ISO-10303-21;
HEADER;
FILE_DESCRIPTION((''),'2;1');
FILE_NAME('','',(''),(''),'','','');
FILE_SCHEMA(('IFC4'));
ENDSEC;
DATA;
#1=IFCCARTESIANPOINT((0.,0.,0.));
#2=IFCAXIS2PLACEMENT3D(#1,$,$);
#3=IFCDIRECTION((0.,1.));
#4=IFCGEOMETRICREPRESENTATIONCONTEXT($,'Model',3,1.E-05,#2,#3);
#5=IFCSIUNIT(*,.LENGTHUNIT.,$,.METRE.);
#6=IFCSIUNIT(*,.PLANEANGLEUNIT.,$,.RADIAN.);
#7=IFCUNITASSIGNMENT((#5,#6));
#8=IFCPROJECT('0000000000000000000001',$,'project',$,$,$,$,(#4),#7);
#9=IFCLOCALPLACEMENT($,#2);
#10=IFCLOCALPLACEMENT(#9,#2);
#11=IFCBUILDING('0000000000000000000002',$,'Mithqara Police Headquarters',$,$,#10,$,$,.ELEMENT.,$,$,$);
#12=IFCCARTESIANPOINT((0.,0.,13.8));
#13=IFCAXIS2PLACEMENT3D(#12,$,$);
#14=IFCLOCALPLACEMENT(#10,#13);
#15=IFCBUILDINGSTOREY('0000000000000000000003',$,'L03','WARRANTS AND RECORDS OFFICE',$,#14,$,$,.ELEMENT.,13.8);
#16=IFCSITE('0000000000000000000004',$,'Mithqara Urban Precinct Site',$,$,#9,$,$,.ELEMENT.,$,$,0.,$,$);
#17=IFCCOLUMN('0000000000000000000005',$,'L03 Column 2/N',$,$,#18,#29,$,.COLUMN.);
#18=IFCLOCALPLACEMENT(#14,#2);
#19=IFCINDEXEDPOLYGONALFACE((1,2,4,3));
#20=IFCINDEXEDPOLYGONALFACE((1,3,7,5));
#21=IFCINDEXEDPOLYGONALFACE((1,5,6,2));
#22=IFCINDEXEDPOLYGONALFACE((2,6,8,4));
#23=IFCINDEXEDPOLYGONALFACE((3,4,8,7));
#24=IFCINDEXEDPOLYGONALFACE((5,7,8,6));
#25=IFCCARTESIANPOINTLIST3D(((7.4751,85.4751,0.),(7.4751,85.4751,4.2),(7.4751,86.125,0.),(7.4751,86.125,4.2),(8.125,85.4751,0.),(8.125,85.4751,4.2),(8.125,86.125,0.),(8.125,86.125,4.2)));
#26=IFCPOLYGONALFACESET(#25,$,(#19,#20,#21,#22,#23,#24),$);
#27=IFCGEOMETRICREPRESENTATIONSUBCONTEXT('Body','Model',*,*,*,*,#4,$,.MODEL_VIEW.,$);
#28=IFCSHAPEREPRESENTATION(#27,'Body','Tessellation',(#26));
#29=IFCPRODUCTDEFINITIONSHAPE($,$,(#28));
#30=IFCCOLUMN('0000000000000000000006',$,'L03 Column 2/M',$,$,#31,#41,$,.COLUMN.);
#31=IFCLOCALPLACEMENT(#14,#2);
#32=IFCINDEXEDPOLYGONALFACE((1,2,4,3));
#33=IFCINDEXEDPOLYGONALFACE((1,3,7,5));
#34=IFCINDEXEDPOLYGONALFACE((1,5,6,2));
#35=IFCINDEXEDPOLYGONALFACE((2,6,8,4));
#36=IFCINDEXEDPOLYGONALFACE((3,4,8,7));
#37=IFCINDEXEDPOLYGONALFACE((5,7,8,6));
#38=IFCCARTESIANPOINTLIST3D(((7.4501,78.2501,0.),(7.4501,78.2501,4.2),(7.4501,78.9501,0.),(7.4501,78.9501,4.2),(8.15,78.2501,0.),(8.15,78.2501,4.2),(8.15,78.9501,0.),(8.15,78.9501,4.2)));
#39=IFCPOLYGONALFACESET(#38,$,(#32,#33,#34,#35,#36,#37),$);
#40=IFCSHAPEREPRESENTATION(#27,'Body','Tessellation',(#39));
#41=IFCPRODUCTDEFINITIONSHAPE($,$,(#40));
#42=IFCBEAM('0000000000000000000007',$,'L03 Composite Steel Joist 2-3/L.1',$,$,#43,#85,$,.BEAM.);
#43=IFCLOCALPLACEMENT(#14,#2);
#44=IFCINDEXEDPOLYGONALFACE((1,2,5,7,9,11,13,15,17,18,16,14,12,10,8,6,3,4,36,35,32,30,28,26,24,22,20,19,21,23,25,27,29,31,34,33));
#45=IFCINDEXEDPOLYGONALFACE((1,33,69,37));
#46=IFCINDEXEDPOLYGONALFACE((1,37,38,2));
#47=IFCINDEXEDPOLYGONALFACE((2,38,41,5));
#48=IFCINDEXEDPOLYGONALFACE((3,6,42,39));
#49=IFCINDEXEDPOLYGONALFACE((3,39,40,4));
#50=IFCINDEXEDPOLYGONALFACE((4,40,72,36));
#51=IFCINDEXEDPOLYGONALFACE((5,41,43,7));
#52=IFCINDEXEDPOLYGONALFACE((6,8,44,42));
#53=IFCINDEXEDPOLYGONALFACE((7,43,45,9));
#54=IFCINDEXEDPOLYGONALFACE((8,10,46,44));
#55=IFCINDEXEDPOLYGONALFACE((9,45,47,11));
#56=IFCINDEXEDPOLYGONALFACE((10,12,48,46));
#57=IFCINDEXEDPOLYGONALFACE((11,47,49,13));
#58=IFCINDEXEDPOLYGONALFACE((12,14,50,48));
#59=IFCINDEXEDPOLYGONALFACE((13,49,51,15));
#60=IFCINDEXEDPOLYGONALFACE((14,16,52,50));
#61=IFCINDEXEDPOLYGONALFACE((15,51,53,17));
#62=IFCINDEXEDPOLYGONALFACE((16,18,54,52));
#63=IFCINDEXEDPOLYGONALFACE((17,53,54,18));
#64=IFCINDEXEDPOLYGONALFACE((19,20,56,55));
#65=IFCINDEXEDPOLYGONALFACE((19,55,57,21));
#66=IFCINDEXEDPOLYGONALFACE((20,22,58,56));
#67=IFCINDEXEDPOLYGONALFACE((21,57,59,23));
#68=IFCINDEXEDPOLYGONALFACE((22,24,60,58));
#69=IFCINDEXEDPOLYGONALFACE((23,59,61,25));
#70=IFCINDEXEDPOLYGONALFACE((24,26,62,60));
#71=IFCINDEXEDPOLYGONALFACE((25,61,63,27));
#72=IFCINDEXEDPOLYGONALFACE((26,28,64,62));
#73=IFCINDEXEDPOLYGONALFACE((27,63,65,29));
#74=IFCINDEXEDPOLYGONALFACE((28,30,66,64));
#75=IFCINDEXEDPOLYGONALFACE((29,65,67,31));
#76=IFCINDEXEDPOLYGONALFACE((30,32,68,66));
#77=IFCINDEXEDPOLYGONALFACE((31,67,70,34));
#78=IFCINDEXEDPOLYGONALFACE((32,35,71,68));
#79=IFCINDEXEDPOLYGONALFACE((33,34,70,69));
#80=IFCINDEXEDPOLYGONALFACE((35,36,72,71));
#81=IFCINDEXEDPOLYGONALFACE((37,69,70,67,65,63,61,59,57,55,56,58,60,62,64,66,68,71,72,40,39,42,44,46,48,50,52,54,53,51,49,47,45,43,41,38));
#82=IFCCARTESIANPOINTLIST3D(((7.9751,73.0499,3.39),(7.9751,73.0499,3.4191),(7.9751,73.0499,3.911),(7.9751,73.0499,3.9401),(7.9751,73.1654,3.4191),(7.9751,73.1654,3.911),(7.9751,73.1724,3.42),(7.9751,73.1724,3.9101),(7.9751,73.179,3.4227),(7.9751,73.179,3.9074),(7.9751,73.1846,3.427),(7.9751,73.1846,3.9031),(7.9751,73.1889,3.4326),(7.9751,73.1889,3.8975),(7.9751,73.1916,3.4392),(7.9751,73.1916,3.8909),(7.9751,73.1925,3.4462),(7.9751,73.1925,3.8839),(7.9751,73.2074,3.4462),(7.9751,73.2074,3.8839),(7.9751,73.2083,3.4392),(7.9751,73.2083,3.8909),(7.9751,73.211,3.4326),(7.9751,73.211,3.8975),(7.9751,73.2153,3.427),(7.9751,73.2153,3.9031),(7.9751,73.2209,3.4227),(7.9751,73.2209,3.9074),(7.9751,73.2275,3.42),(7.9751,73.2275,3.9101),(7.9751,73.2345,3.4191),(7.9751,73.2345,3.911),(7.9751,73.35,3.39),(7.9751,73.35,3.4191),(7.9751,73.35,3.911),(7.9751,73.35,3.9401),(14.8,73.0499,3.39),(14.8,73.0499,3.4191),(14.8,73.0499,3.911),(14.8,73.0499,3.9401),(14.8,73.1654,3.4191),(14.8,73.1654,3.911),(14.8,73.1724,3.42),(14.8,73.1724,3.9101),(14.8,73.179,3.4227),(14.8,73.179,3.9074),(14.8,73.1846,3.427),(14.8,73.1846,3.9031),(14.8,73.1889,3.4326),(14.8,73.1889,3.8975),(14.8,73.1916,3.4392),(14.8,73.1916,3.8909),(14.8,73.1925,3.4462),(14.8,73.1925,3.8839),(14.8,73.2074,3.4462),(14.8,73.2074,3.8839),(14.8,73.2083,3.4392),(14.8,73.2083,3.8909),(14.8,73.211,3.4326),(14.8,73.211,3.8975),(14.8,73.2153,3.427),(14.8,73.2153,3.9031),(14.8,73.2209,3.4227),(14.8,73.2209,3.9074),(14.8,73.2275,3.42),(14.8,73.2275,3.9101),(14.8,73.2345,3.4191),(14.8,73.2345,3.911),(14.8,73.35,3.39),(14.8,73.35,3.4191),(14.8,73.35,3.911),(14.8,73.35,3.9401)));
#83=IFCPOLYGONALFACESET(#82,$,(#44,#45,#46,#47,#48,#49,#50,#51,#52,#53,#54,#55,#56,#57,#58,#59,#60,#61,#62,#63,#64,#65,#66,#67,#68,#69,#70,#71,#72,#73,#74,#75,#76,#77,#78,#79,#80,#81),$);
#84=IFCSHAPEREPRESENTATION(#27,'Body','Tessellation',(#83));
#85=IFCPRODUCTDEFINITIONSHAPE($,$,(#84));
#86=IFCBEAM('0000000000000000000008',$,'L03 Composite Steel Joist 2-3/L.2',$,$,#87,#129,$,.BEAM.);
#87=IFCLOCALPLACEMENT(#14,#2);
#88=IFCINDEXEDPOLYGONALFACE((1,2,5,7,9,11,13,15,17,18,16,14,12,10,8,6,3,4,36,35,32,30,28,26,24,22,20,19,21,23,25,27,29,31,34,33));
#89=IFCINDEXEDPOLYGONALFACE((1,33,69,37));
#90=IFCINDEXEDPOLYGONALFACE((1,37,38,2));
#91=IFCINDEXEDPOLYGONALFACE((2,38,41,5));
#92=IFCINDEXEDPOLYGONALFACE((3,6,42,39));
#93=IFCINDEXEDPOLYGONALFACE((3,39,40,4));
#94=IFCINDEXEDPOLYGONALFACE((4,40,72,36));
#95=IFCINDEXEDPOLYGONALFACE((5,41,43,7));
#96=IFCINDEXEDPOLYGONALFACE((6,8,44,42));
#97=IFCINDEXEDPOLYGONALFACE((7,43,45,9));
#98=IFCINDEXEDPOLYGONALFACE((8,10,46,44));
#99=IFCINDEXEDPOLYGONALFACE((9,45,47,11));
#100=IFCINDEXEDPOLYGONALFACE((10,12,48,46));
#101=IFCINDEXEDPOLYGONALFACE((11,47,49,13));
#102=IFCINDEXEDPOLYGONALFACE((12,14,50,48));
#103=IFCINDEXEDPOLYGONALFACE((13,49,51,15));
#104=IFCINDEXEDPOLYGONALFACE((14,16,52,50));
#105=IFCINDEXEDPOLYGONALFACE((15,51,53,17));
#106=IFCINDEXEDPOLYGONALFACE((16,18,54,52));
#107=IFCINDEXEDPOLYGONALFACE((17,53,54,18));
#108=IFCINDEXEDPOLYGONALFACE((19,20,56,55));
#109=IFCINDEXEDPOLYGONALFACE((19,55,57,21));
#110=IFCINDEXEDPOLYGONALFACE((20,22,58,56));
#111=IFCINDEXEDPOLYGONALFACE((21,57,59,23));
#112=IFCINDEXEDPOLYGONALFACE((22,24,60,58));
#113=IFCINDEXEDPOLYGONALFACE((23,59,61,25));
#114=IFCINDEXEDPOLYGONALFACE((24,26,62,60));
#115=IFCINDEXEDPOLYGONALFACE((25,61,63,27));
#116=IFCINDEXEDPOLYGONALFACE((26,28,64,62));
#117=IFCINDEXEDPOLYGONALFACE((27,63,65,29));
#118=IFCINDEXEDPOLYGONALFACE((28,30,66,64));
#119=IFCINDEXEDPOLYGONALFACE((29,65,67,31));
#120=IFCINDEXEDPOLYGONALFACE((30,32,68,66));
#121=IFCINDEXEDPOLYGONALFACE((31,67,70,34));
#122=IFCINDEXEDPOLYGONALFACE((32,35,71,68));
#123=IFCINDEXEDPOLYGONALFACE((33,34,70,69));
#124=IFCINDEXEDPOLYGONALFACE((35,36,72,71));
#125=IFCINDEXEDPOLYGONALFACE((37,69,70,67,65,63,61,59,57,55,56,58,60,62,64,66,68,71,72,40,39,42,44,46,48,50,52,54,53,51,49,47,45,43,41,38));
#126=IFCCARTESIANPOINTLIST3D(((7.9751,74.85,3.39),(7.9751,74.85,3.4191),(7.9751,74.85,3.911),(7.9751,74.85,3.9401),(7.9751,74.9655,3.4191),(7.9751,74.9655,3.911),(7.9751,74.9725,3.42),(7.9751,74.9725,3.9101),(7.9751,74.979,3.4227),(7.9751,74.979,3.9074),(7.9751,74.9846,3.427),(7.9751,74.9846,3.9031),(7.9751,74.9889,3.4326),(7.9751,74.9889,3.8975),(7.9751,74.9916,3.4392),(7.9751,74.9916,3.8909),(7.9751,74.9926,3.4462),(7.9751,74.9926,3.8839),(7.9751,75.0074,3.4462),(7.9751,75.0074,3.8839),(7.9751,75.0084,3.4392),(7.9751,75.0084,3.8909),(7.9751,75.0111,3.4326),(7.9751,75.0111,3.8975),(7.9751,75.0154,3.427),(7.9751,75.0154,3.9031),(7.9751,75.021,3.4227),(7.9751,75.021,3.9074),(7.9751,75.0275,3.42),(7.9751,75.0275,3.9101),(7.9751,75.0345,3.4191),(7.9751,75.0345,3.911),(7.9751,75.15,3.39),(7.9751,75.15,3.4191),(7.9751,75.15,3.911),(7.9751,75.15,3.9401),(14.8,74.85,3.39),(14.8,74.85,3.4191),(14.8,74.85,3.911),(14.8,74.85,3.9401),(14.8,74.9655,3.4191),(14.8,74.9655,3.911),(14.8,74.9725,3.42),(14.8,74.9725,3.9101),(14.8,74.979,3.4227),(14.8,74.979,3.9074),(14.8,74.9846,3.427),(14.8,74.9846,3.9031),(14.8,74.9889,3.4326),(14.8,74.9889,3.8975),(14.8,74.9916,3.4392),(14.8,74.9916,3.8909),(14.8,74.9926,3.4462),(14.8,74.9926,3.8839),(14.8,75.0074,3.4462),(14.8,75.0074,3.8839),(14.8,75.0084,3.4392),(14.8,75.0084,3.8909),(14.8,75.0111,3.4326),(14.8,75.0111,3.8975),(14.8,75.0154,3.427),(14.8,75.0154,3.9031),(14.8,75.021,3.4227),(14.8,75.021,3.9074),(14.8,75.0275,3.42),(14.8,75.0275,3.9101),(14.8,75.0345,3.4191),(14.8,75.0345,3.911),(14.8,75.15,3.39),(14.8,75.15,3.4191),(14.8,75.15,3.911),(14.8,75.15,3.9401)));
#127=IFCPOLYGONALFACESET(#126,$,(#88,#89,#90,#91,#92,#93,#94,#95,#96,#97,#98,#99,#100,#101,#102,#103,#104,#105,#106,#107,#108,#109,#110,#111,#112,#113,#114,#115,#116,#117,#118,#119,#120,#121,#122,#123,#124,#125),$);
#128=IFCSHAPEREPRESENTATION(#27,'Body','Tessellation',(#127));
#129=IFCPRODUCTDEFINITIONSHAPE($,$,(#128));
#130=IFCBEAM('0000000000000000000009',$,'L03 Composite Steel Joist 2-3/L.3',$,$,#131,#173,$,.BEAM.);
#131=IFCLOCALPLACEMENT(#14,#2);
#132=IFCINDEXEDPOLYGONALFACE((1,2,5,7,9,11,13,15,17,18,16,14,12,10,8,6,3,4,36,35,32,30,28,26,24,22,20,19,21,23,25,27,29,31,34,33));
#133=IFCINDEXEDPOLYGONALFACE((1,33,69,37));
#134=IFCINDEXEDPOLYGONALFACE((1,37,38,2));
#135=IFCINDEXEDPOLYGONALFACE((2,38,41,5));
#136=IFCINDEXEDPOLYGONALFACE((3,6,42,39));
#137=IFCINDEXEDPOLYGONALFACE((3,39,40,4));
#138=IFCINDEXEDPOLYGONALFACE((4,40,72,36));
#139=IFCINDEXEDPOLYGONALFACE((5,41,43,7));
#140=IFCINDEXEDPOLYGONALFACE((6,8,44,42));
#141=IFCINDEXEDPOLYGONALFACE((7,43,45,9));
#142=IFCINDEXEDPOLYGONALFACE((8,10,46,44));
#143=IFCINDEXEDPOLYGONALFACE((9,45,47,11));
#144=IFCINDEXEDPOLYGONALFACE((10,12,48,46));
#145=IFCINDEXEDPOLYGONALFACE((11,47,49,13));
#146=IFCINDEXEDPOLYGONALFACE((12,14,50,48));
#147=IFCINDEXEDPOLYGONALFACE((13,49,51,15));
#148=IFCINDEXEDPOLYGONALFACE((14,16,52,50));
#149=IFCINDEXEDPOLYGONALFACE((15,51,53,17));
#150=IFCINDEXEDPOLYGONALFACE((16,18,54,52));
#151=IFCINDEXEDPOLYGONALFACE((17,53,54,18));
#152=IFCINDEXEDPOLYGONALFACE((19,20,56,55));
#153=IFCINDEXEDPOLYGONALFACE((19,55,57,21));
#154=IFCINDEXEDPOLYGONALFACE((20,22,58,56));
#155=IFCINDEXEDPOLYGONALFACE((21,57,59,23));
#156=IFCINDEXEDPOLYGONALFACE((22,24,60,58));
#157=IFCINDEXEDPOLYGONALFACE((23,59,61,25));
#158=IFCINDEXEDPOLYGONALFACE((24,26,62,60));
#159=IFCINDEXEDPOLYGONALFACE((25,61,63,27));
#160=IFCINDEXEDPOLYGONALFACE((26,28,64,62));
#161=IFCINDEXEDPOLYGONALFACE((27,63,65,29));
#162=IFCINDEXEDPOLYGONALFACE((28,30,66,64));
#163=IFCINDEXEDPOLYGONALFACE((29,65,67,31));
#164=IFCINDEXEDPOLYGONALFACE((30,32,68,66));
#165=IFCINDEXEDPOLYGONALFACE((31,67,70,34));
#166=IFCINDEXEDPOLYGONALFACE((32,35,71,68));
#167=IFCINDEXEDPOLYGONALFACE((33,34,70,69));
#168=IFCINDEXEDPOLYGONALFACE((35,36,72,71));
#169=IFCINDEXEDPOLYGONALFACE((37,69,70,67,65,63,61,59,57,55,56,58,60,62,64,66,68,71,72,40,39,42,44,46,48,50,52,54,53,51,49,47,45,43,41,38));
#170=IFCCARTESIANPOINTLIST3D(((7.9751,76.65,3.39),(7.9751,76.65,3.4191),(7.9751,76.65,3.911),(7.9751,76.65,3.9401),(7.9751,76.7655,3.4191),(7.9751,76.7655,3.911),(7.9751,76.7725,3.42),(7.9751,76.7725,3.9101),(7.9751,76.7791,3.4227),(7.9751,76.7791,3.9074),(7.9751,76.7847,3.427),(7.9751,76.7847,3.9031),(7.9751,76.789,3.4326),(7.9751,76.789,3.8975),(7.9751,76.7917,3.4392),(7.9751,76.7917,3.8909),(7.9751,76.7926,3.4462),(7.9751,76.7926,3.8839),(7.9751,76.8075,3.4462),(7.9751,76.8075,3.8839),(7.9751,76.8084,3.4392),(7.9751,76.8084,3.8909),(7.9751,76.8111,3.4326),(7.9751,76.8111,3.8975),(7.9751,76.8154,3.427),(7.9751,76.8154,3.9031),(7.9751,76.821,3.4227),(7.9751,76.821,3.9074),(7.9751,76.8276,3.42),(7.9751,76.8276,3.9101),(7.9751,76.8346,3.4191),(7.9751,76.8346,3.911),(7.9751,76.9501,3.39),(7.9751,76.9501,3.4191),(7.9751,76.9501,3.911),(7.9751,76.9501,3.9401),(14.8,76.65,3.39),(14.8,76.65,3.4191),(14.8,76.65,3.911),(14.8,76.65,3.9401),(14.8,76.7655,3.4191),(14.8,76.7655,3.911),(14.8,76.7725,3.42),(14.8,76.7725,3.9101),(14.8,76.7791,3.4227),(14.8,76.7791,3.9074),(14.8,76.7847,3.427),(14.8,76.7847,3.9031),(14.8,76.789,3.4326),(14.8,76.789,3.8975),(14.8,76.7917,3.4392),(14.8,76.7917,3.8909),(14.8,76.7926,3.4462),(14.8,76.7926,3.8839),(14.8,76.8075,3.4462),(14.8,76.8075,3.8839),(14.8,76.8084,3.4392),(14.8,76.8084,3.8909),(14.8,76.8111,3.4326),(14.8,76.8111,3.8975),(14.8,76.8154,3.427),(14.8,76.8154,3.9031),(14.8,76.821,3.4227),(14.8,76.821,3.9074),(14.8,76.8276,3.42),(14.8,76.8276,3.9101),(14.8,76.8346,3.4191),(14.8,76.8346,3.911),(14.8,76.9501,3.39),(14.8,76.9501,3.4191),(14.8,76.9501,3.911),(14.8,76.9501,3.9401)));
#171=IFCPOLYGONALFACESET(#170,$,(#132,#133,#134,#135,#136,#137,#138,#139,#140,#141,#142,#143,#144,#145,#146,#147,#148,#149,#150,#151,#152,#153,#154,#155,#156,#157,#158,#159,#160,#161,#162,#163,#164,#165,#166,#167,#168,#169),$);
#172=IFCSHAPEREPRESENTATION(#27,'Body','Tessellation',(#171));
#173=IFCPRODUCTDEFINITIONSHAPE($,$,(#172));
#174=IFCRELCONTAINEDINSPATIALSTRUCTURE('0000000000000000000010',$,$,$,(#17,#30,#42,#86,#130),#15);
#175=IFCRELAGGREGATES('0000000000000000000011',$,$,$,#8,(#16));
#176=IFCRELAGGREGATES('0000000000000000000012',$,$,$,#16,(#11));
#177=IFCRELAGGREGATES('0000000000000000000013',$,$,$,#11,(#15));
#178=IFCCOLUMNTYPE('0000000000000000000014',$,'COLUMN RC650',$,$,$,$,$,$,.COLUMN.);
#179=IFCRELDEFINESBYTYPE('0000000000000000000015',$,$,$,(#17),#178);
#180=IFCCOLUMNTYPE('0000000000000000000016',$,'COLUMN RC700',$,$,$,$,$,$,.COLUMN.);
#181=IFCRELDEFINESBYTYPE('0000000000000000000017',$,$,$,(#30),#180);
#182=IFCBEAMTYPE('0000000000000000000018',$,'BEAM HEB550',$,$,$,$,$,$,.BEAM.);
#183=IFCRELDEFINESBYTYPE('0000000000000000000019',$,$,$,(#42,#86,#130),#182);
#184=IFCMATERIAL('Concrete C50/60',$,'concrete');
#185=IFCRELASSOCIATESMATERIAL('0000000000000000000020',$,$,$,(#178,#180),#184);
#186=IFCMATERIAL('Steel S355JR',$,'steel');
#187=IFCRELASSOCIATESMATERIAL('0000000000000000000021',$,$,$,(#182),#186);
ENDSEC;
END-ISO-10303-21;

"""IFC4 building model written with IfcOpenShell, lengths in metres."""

from ifc_helpers import new_model, si_unit, direction, frame, origin, origin_2d, place, context, subcontext, project, spatial, rectangle, i_section, extrude, material, material_profile, profile_set, type_object, element, save


model = new_model("IFC4")

# Units and contexts
model_context = context("Model", 3, precision=1e-05, world=origin(), true_north=direction((0.0, 1.0)))
body_context = subcontext(model_context, "Body", "Model", "MODEL_VIEW")
ifc_project = project(units=[si_unit("LENGTHUNIT", "METRE"), si_unit("PLANEANGLEUNIT", "RADIAN")], contexts=[model_context])

# Site, building, storey
site_placement = place(None, origin())
site = spatial("IfcSite", under=ifc_project, at=site_placement, Name="Mithqara Urban Precinct Site", CompositionType="ELEMENT", RefElevation=0.0)
building_placement = place(site_placement, origin())
building = spatial("IfcBuilding", under=site, at=building_placement, Name="Mithqara Police Headquarters", CompositionType="ELEMENT")
storey_placement = place(building_placement, frame((0.0, 0.0, 13.8)))
storey = spatial("IfcBuildingStorey", under=building, at=storey_placement, Name="L03", Description="WARRANTS AND RECORDS OFFICE", CompositionType="ELEMENT", Elevation=13.8)

# Columns
ifc_material_1 = material(Name="Concrete C50/60", Category="concrete")
ifc_material_profile_1 = material_profile(ifc_material_1, rectangle(XDim=0.6499, YDim=0.6499, at=origin_2d()), Name="RC 650x650")
ifc_profile_set_1 = profile_set([ifc_material_profile_1], Name="Concrete C50/60")
column_type_1 = type_object("IfcColumnType", Name="COLUMN RC650", PredefinedType="COLUMN", material=ifc_profile_set_1)
column_1_placement = place(storey_placement, frame((7.8, 85.8, 0.0), z_axis=(0.0, 0.0, 1.0), x_axis=(1.0, 0.0, 0.0)))
element("IfcColumn", 1, at=column_1_placement, inside=storey, type_object=column_type_1, Name="L03 Column 2/N", PredefinedType="COLUMN", context=body_context, shape_type="SweptSolid", body=[
    extrude(rectangle(XDim=0.6499, YDim=0.6499, at=origin_2d()), origin(), (0.0, 0.0, 1.0), 4.2),
])
ifc_material_profile_2 = material_profile(ifc_material_1, rectangle(XDim=0.7, YDim=0.7, at=origin_2d()), Name="RC 700x700")
ifc_profile_set_2 = profile_set([ifc_material_profile_2], Name="Concrete C50/60")
column_type_2 = type_object("IfcColumnType", Name="COLUMN RC700", PredefinedType="COLUMN", material=ifc_profile_set_2)
column_2_placement = place(storey_placement, frame((7.8, 78.6001, 0.0), z_axis=(0.0, 0.0, 1.0), x_axis=(1.0, 0.0, 0.0)))
element("IfcColumn", 2, at=column_2_placement, inside=storey, type_object=column_type_2, Name="L03 Column 2/M", PredefinedType="COLUMN", context=body_context, shape_type="SweptSolid", body=[
    extrude(rectangle(XDim=0.7, YDim=0.7, at=origin_2d()), origin(), (0.0, 0.0, 1.0), 4.2),
])

# Beams
ifc_material_2 = material(Name="Steel S355JR", Category="steel")
ifc_material_profile_3 = material_profile(ifc_material_2, i_section(OverallWidth=0.3, OverallDepth=0.55, WebThickness=0.0149, FlangeThickness=0.0291, FilletRadius=0.0271, at=origin_2d()), Name="HEB 550")
ifc_profile_set_3 = profile_set([ifc_material_profile_3], Name="Steel S355JR")
beam_type_1 = type_object("IfcBeamType", Name="BEAM HEB550", PredefinedType="BEAM", material=ifc_profile_set_3)
for number, where, z_axis, x_axis, name in (
    (3, (7.9751, 73.2, 3.665), (1.0, 0.0, 0.0), (0.0, 1.0, 0.0), "L03 Composite Steel Joist 2-3/L.1"),
    (4, (7.9751, 75.0, 3.665), (1.0, 0.0, 0.0), (0.0, 1.0, 0.0), "L03 Composite Steel Joist 2-3/L.2"),
    (5, (7.9751, 76.8, 3.665), (1.0, 0.0, 0.0), (0.0, 1.0, 0.0), "L03 Composite Steel Joist 2-3/L.3"),
):
    element("IfcBeam", number, at=place(storey_placement, frame(where, z_axis=z_axis, x_axis=x_axis)), inside=storey, type_object=beam_type_1, Name=name, PredefinedType="BEAM", context=body_context, shape_type="SweptSolid", body=[
        extrude(i_section(OverallWidth=0.3, OverallDepth=0.55, WebThickness=0.0149, FlangeThickness=0.0291, FilletRadius=0.0271, at=origin_2d()), origin(), (0.0, 0.0, 1.0), 6.825),
    ])

save(model, "model.ifc")
